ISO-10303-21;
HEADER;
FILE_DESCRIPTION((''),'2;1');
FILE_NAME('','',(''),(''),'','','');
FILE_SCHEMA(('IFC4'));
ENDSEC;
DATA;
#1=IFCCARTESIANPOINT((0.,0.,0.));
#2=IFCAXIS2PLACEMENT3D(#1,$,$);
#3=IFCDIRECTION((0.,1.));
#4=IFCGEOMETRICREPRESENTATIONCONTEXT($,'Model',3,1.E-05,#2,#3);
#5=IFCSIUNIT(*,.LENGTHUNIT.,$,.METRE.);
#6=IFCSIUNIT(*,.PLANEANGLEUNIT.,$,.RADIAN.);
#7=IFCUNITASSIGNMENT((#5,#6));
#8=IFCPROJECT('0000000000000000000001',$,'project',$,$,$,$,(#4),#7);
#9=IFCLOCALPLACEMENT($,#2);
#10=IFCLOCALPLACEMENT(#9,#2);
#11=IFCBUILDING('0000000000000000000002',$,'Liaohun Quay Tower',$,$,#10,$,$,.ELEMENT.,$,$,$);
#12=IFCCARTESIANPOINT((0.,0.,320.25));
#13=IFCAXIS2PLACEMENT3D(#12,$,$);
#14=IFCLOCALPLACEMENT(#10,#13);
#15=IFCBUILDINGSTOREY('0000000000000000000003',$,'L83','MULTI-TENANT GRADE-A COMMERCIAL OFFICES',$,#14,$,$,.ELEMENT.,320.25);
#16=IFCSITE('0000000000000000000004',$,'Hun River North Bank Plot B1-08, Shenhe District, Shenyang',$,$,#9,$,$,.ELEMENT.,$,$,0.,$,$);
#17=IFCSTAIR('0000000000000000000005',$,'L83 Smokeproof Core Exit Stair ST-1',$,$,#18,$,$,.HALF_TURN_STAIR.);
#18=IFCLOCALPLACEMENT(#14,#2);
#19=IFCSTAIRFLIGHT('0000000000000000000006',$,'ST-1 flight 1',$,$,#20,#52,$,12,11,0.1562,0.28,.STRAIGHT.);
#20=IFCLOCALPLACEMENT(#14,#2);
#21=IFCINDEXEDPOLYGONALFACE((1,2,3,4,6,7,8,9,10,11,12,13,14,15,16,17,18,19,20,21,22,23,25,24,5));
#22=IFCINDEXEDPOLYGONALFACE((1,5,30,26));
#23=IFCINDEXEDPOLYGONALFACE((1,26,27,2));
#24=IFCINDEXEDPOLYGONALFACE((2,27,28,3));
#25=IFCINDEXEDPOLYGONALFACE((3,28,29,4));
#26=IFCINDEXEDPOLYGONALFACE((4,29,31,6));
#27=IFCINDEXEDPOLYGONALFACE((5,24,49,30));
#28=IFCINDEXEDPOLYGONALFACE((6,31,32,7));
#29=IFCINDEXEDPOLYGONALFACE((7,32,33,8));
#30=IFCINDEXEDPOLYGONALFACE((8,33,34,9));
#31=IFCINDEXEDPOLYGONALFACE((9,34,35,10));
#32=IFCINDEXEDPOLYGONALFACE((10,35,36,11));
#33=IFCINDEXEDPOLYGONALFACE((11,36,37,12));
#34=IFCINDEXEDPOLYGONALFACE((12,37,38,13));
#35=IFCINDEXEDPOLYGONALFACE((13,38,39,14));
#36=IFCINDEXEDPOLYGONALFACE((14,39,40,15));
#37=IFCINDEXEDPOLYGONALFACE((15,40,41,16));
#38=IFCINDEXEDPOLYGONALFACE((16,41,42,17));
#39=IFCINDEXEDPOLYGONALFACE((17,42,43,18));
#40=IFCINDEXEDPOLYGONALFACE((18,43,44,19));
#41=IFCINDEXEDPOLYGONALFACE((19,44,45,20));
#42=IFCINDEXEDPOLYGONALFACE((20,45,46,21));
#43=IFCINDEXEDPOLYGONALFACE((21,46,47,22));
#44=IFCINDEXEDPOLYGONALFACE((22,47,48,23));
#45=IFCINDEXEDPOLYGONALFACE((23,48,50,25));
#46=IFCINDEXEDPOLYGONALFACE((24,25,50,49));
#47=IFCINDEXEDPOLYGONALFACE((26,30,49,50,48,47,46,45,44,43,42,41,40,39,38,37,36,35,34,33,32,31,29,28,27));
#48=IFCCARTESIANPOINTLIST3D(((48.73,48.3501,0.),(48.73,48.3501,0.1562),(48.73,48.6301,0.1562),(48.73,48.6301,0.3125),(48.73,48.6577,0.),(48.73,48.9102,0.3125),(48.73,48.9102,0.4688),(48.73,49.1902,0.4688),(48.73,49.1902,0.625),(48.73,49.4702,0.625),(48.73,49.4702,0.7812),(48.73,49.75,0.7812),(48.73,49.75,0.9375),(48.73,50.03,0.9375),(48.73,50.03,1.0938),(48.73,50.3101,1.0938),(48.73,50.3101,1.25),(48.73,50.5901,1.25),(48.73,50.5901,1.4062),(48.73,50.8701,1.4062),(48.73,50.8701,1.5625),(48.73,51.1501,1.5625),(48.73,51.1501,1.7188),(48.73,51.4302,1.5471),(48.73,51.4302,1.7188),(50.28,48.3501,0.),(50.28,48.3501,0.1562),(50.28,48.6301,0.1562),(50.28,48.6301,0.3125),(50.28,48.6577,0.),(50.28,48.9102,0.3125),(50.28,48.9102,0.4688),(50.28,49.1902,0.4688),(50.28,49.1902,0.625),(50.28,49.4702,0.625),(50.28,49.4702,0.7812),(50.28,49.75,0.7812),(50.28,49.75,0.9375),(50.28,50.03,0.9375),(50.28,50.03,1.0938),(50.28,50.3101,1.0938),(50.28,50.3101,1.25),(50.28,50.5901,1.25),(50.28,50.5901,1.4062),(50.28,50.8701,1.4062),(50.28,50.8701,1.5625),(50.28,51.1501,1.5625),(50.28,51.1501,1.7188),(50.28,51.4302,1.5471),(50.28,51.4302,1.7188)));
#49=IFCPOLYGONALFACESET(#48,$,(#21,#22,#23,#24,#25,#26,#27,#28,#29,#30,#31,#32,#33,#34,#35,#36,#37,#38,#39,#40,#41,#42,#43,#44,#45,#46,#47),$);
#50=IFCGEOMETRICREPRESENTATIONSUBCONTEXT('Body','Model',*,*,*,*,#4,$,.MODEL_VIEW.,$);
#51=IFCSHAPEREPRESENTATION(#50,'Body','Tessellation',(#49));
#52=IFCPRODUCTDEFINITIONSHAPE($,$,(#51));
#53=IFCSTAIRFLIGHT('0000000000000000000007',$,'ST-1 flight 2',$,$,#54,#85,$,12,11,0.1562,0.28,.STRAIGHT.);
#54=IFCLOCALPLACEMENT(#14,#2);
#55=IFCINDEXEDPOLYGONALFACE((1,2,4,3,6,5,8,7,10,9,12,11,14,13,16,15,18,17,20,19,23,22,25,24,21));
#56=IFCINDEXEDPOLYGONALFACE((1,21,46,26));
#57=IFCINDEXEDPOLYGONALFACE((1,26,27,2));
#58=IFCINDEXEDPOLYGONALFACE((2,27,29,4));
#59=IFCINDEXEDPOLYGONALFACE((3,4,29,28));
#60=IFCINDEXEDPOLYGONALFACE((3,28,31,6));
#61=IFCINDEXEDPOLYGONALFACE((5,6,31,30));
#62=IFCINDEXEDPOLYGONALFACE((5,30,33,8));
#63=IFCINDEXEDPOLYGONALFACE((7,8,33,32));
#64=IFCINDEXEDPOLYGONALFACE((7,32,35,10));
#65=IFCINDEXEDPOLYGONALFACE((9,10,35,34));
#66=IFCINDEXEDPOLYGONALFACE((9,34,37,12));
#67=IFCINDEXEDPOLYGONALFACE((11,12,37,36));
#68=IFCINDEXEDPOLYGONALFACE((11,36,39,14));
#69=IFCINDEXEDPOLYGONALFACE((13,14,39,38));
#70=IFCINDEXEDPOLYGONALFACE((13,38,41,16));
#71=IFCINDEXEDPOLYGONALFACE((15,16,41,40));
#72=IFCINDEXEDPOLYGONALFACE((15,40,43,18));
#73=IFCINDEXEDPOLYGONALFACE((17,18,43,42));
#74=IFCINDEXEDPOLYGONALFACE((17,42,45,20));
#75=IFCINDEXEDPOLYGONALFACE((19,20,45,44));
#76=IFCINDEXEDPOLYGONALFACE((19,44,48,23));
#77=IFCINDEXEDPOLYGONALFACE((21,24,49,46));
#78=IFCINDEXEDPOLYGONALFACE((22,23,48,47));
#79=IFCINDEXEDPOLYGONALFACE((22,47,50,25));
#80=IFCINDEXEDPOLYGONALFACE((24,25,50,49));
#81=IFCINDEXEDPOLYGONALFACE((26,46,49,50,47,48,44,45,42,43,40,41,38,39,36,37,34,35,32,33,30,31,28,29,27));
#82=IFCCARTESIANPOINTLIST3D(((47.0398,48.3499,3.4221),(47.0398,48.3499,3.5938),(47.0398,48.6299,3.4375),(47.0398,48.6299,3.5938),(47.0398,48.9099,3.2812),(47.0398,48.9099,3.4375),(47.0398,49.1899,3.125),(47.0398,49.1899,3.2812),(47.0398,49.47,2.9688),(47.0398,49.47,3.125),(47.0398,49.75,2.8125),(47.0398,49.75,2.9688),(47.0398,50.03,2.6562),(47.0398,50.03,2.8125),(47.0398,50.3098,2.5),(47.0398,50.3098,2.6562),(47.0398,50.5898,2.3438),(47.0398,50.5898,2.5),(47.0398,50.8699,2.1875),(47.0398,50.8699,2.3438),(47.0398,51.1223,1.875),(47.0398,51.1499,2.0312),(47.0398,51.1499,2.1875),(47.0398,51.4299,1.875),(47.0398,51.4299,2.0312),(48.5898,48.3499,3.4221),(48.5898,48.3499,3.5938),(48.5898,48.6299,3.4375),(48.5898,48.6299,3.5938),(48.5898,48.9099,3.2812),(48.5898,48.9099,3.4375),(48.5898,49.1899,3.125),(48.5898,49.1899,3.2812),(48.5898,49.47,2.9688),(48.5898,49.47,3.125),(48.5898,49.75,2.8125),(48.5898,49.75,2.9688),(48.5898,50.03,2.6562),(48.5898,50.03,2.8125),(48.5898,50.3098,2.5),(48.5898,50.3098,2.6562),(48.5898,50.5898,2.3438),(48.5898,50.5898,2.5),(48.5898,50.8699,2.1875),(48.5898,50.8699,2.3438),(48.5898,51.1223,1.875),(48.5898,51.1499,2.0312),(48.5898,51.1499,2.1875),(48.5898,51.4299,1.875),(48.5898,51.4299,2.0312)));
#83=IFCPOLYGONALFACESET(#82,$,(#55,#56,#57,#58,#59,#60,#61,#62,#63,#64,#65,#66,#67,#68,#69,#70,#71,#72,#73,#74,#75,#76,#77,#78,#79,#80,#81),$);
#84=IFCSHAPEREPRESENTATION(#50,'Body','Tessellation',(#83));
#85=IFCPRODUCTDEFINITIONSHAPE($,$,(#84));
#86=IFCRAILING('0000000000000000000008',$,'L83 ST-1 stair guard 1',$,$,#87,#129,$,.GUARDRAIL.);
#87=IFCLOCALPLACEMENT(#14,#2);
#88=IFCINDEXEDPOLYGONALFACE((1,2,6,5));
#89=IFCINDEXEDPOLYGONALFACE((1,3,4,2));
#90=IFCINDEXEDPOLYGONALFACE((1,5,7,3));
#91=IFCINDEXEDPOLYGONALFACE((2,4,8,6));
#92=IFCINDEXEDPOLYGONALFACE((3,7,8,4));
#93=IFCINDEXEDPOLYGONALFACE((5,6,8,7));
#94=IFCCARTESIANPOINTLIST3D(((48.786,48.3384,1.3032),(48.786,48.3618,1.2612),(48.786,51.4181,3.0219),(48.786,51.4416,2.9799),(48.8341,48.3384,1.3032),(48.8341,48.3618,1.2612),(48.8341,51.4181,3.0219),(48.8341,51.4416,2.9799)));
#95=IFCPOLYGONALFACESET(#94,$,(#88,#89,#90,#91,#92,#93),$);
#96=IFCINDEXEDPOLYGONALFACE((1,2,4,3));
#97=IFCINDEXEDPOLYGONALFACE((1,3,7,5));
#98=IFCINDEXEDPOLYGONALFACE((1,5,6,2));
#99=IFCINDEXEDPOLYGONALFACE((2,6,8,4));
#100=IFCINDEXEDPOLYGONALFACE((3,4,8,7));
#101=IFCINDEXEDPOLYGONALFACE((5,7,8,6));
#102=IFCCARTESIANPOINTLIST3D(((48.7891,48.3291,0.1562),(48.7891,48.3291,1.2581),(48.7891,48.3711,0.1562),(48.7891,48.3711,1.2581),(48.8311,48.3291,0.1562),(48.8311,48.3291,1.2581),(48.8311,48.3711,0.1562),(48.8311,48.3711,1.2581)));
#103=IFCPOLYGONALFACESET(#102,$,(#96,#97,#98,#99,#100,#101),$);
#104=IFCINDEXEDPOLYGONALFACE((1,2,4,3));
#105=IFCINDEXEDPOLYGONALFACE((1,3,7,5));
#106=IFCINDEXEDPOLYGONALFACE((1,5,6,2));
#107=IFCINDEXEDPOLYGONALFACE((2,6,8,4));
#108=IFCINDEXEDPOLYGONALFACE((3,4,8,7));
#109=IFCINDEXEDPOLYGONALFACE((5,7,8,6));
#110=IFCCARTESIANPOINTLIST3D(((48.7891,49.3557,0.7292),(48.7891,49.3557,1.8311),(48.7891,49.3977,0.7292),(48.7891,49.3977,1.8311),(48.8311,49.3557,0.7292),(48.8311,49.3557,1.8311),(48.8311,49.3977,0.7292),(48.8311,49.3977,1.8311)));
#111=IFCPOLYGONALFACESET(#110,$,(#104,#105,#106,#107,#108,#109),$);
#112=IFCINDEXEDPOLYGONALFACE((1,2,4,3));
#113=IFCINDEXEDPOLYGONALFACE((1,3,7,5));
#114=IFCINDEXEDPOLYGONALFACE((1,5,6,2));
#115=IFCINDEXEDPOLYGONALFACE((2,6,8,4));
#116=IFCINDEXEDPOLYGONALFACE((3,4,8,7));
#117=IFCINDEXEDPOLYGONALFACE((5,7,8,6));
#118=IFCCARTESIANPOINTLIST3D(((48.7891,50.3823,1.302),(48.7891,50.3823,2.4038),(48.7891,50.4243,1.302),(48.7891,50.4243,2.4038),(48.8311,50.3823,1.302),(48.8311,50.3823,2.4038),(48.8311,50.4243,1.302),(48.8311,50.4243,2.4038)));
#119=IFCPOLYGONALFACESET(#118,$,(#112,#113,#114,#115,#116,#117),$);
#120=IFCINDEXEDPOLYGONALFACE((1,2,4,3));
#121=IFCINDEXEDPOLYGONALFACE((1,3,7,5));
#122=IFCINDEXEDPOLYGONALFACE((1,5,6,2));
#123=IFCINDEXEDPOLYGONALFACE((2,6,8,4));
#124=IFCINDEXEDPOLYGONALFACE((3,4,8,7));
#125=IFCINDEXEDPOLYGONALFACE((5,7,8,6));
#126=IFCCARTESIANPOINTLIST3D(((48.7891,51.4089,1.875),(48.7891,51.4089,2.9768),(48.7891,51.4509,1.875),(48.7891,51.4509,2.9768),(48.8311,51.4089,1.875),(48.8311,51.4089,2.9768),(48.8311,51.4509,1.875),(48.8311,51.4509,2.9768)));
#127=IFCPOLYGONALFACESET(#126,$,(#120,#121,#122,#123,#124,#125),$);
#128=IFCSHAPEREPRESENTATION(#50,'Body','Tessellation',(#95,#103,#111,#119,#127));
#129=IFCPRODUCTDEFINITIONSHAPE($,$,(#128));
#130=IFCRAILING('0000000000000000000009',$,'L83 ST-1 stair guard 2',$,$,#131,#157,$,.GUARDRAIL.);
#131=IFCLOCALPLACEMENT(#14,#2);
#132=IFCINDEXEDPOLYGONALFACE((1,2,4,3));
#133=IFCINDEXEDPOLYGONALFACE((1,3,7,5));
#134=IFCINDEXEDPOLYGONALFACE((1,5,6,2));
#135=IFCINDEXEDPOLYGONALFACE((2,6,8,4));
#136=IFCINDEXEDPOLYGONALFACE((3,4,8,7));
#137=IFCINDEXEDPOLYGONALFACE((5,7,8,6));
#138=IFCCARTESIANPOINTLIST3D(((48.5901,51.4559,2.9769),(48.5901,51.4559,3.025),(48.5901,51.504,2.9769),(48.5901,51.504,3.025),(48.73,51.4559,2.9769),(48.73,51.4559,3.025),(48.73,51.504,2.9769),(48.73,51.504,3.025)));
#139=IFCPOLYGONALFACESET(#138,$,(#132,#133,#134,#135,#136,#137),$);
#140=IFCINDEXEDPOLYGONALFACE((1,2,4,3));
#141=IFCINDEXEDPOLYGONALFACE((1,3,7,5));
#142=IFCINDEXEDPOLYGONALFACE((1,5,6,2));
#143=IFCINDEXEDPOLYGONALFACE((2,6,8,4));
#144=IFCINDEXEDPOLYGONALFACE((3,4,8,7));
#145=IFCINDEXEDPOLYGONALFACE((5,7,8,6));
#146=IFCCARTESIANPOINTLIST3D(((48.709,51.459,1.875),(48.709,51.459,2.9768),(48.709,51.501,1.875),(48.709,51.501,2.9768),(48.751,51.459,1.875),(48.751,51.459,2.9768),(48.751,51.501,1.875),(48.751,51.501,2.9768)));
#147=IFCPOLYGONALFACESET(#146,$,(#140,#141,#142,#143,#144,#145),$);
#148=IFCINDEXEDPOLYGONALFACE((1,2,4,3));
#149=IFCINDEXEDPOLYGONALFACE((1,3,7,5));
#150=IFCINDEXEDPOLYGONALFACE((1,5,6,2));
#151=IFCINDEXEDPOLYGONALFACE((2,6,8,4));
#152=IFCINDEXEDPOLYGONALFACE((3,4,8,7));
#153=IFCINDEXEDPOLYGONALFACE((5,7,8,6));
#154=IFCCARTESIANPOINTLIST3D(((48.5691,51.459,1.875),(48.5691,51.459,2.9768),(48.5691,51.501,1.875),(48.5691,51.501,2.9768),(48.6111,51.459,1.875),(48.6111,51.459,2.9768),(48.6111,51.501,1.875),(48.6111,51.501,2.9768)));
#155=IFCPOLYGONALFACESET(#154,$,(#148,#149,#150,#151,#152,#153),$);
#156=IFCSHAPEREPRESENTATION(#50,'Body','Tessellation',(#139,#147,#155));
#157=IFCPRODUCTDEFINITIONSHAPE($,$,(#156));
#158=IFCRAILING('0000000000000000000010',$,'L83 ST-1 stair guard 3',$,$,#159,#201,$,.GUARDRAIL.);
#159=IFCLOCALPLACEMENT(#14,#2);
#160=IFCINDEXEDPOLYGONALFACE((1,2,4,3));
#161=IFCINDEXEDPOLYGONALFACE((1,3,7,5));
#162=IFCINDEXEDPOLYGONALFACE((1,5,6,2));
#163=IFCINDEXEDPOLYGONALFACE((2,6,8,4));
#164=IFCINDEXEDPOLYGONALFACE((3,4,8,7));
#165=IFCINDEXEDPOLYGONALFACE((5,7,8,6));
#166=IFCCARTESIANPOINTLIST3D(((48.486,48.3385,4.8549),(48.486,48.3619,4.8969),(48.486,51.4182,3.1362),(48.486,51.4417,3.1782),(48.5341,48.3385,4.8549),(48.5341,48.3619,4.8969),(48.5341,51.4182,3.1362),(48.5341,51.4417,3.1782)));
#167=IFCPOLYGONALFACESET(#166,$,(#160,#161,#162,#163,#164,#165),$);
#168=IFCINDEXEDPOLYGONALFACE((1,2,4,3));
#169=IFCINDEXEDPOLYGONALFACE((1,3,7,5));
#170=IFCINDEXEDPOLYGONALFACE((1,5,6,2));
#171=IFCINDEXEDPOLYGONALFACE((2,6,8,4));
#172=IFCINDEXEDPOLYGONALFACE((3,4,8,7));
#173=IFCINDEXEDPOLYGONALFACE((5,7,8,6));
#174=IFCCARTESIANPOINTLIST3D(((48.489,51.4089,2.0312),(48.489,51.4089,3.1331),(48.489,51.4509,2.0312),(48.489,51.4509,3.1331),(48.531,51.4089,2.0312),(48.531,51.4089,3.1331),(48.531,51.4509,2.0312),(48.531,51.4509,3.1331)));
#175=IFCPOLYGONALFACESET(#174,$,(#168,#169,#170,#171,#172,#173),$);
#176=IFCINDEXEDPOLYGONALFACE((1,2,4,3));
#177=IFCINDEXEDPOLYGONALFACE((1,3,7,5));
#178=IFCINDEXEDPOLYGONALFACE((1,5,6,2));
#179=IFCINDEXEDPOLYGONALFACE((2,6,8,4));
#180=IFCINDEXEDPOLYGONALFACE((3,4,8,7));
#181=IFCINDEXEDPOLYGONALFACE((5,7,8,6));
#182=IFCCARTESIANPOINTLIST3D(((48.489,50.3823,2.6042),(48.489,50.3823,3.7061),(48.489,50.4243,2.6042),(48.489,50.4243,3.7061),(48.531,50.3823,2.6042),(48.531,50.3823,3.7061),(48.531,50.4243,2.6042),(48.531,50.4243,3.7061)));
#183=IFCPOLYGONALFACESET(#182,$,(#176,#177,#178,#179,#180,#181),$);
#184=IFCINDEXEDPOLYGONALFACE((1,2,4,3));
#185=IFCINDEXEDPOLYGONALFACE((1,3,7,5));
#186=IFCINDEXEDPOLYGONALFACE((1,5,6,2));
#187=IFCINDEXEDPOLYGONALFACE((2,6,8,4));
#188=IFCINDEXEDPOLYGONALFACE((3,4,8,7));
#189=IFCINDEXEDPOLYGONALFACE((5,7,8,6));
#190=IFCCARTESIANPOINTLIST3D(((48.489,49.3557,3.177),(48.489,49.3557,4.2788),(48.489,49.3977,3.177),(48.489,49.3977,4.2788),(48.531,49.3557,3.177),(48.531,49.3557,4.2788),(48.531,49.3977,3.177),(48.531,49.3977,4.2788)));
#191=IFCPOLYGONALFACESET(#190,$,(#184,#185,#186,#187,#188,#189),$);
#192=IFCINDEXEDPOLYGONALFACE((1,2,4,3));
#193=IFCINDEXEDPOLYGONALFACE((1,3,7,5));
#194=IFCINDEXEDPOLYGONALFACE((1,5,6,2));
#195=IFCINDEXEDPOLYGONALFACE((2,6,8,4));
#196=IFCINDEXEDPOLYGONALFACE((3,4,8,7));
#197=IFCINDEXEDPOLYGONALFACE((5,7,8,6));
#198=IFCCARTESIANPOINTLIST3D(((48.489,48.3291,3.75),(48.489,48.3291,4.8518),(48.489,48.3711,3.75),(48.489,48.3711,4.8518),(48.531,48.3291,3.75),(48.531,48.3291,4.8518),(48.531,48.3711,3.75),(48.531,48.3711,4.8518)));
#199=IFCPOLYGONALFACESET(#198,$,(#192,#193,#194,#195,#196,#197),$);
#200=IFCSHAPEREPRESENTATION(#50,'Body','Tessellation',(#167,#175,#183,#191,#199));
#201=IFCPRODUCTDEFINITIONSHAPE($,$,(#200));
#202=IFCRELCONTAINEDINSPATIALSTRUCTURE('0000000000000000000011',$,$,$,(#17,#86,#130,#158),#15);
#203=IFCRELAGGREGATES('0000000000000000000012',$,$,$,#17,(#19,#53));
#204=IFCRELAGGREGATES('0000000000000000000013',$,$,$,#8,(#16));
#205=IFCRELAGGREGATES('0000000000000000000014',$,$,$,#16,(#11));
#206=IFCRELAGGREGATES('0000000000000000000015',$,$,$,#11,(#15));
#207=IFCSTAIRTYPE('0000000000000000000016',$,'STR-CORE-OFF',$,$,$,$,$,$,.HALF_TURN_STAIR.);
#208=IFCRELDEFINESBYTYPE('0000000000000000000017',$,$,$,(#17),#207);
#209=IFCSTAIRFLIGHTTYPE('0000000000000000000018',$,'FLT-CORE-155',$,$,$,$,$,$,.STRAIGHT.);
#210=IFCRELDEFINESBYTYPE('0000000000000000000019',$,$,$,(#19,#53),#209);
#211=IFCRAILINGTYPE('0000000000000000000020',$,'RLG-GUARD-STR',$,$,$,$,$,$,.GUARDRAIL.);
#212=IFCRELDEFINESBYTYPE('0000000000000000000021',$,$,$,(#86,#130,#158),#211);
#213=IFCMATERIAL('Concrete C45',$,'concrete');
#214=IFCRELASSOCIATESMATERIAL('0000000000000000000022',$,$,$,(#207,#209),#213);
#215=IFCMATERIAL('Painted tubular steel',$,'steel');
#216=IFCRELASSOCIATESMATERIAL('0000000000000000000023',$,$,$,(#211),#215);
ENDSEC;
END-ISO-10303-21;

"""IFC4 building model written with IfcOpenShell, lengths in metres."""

from ifc_helpers import new_model, si_unit, direction, frame, origin, origin_2d, place, context, subcontext, project, spatial, polyline, rectangle, outline, extrude, material, type_object, element, aggregate, save


model = new_model("IFC4")

# Units and contexts
model_context = context("Model", 3, precision=1e-05, world=origin(), true_north=direction((0.0, 1.0)))
body_context = subcontext(model_context, "Body", "Model", "MODEL_VIEW")
ifc_project = project(units=[si_unit("LENGTHUNIT", "METRE"), si_unit("PLANEANGLEUNIT", "RADIAN")], contexts=[model_context])

# Site, building, storey
site_placement = place(None, origin())
site = spatial("IfcSite", under=ifc_project, at=site_placement, Name="Hun River North Bank Plot B1-08, Shenhe District, Shenyang", CompositionType="ELEMENT", RefElevation=0.0)
building_placement = place(site_placement, origin())
building = spatial("IfcBuilding", under=site, at=building_placement, Name="Liaohun Quay Tower", CompositionType="ELEMENT")
storey_placement = place(building_placement, frame((0.0, 0.0, 320.25)))
storey = spatial("IfcBuildingStorey", under=building, at=storey_placement, Name="L83", Description="MULTI-TENANT GRADE-A COMMERCIAL OFFICES", CompositionType="ELEMENT", Elevation=320.25)

# Stair
ifc_material_1 = material(Name="Concrete C45", Category="concrete")
stair_type = type_object("IfcStairType", Name="STR-CORE-OFF", PredefinedType="HALF_TURN_STAIR", material=ifc_material_1)
stair_1_placement = place(storey_placement, origin())
stair_1 = element("IfcStair", 1, at=stair_1_placement, inside=storey, type_object=stair_type, Name="L83 Smokeproof Core Exit Stair ST-1", PredefinedType="HALF_TURN_STAIR")

# Stair flights
stair_flight_type = type_object("IfcStairFlightType", Name="FLT-CORE-155", PredefinedType="STRAIGHT", material=ifc_material_1)
stair_flight_1_placement = place(storey_placement, frame((49.5049, 48.3501, 0.0), z_axis=(0.0, 0.0, 1.0), x_axis=(0.0, 1.0, 0.0)))
stair_flight_1 = element("IfcStairFlight", 2, at=stair_flight_1_placement, type_object=stair_flight_type, Name="ST-1 flight 1", NumberOfRisers=12, NumberOfTreads=11, PredefinedType="STRAIGHT", RiserHeight=0.1562, TreadLength=0.28, context=body_context, shape_type="SweptSolid", body=[
    extrude(outline(polyline([(0.0, 0.0), (0.0, 0.1562), (0.28, 0.1562), (0.28, 0.3125), (0.5601, 0.3125), (0.5601, 0.4688), (0.8401, 0.4688), (0.8401, 0.625), (1.1201, 0.625), (1.1201, 0.7812), (1.3999, 0.7812), (1.3999, 0.9375), (1.6799, 0.9375), (1.6799, 1.0938), (1.96, 1.0938), (1.96, 1.25), (2.24, 1.25), (2.24, 1.4062), (2.52, 1.4062), (2.52, 1.5625), (2.8, 1.5625), (2.8, 1.7188), (3.0801, 1.7188), (3.0801, 1.875), (3.0801, 1.5471), (0.3076, 0.0), (0.0, 0.0)])), frame((0.0, 0.7749, 0.0), z_axis=(0.0, -1.0, 0.0), x_axis=(1.0, 0.0, 0.0)), (0.0, 0.0, 1.0), 1.55),
])
stair_flight_2_placement = place(storey_placement, frame((47.8149, 51.4299, 1.875), z_axis=(0.0, 0.0, 1.0), x_axis=(0.0, -1.0, 0.0)))
stair_flight_2 = element("IfcStairFlight", 3, at=stair_flight_2_placement, type_object=stair_flight_type, Name="ST-1 flight 2", NumberOfRisers=12, NumberOfTreads=11, PredefinedType="STRAIGHT", RiserHeight=0.1562, TreadLength=0.28, context=body_context, shape_type="SweptSolid", body=[
    extrude(outline(polyline([(0.0, 0.0), (0.0, 0.1562), (0.28, 0.1562), (0.28, 0.3125), (0.5601, 0.3125), (0.5601, 0.4688), (0.8401, 0.4688), (0.8401, 0.625), (1.1201, 0.625), (1.1201, 0.7812), (1.3999, 0.7812), (1.3999, 0.9375), (1.6799, 0.9375), (1.6799, 1.0938), (1.96, 1.0938), (1.96, 1.25), (2.24, 1.25), (2.24, 1.4062), (2.52, 1.4062), (2.52, 1.5625), (2.8, 1.5625), (2.8, 1.7188), (3.0801, 1.7188), (3.0801, 1.875), (3.0801, 1.5471), (0.3076, 0.0), (0.0, 0.0)])), frame((0.0, 0.7749, 0.0), z_axis=(0.0, -1.0, 0.0), x_axis=(1.0, 0.0, 0.0)), (0.0, 0.0, 1.0), 1.55),
])
aggregate(stair_1, [stair_flight_1, stair_flight_2])

# Railings
ifc_material_2 = material(Name="Painted tubular steel", Category="steel")
railing_type_1 = type_object("IfcRailingType", Name="RLG-GUARD-STR", PredefinedType="GUARDRAIL", material=ifc_material_2)
railing_1_placement = place(storey_placement, frame((48.8101, 48.3501, 0.1562)))
element("IfcRailing", 4, at=railing_1_placement, inside=storey, type_object=railing_type_1, Name="L83 ST-1 stair guard 1", PredefinedType="GUARDRAIL", context=body_context, shape_type="SweptSolid", body=[
    extrude(rectangle(XDim=0.0481, YDim=0.0481, at=origin_2d()), frame((0.0, 0.0, 1.126), z_axis=(0.0, 0.873225, 0.487317), x_axis=(-1.0, 0.0, 0.0)), (0.0, 0.0, 1.0), 3.5269),
    extrude(rectangle(XDim=0.042, YDim=0.042, at=origin_2d()), origin(), (0.0, 0.0, 1.0), 1.1018),
    extrude(rectangle(XDim=0.042, YDim=0.042, at=origin_2d()), frame((0.0, 1.0266, 0.573)), (0.0, 0.0, 1.0), 1.1018),
    extrude(rectangle(XDim=0.042, YDim=0.042, at=origin_2d()), frame((0.0, 2.0532, 1.1458)), (0.0, 0.0, 1.0), 1.1018),
    extrude(rectangle(XDim=0.042, YDim=0.042, at=origin_2d()), frame((0.0, 3.0798, 1.7188)), (0.0, 0.0, 1.0), 1.1018),
])
railing_2_placement = place(storey_placement, frame((48.73, 51.48, 1.875)))
element("IfcRailing", 5, at=railing_2_placement, inside=storey, type_object=railing_type_1, Name="L83 ST-1 stair guard 2", PredefinedType="GUARDRAIL", context=body_context, shape_type="SweptSolid", body=[
    extrude(rectangle(XDim=0.0481, YDim=0.0481, at=origin_2d()), frame((0.0, 0.0, 1.126), z_axis=(-1.0, 0.0, 0.0), x_axis=(0.0, -1.0, 0.0)), (0.0, 0.0, 1.0), 0.1399),
    extrude(rectangle(XDim=0.042, YDim=0.042, at=origin_2d()), origin(), (0.0, 0.0, 1.0), 1.1018),
    extrude(rectangle(XDim=0.042, YDim=0.042, at=origin_2d()), frame((-0.1399, 0.0, 0.0)), (0.0, 0.0, 1.0), 1.1018),
])
railing_3_placement = place(storey_placement, frame((48.51, 51.4299, 2.0312)))
element("IfcRailing", 6, at=railing_3_placement, inside=storey, type_object=railing_type_1, Name="L83 ST-1 stair guard 3", PredefinedType="GUARDRAIL", context=body_context, shape_type="SweptSolid", body=[
    extrude(rectangle(XDim=0.0481, YDim=0.0481, at=origin_2d()), frame((0.0, 0.0, 1.126), z_axis=(0.0, -0.873225, 0.487317), x_axis=(1.0, 0.0, 0.0)), (0.0, 0.0, 1.0), 3.5269),
    extrude(rectangle(XDim=0.042, YDim=0.042, at=origin_2d()), origin(), (0.0, 0.0, 1.0), 1.1018),
    extrude(rectangle(XDim=0.042, YDim=0.042, at=origin_2d()), frame((0.0, -1.0266, 0.573)), (0.0, 0.0, 1.0), 1.1018),
    extrude(rectangle(XDim=0.042, YDim=0.042, at=origin_2d()), frame((0.0, -2.0532, 1.1458)), (0.0, 0.0, 1.0), 1.1018),
    extrude(rectangle(XDim=0.042, YDim=0.042, at=origin_2d()), frame((0.0, -3.0798, 1.7188)), (0.0, 0.0, 1.0), 1.1018),
])

save(model, "model.ifc")
